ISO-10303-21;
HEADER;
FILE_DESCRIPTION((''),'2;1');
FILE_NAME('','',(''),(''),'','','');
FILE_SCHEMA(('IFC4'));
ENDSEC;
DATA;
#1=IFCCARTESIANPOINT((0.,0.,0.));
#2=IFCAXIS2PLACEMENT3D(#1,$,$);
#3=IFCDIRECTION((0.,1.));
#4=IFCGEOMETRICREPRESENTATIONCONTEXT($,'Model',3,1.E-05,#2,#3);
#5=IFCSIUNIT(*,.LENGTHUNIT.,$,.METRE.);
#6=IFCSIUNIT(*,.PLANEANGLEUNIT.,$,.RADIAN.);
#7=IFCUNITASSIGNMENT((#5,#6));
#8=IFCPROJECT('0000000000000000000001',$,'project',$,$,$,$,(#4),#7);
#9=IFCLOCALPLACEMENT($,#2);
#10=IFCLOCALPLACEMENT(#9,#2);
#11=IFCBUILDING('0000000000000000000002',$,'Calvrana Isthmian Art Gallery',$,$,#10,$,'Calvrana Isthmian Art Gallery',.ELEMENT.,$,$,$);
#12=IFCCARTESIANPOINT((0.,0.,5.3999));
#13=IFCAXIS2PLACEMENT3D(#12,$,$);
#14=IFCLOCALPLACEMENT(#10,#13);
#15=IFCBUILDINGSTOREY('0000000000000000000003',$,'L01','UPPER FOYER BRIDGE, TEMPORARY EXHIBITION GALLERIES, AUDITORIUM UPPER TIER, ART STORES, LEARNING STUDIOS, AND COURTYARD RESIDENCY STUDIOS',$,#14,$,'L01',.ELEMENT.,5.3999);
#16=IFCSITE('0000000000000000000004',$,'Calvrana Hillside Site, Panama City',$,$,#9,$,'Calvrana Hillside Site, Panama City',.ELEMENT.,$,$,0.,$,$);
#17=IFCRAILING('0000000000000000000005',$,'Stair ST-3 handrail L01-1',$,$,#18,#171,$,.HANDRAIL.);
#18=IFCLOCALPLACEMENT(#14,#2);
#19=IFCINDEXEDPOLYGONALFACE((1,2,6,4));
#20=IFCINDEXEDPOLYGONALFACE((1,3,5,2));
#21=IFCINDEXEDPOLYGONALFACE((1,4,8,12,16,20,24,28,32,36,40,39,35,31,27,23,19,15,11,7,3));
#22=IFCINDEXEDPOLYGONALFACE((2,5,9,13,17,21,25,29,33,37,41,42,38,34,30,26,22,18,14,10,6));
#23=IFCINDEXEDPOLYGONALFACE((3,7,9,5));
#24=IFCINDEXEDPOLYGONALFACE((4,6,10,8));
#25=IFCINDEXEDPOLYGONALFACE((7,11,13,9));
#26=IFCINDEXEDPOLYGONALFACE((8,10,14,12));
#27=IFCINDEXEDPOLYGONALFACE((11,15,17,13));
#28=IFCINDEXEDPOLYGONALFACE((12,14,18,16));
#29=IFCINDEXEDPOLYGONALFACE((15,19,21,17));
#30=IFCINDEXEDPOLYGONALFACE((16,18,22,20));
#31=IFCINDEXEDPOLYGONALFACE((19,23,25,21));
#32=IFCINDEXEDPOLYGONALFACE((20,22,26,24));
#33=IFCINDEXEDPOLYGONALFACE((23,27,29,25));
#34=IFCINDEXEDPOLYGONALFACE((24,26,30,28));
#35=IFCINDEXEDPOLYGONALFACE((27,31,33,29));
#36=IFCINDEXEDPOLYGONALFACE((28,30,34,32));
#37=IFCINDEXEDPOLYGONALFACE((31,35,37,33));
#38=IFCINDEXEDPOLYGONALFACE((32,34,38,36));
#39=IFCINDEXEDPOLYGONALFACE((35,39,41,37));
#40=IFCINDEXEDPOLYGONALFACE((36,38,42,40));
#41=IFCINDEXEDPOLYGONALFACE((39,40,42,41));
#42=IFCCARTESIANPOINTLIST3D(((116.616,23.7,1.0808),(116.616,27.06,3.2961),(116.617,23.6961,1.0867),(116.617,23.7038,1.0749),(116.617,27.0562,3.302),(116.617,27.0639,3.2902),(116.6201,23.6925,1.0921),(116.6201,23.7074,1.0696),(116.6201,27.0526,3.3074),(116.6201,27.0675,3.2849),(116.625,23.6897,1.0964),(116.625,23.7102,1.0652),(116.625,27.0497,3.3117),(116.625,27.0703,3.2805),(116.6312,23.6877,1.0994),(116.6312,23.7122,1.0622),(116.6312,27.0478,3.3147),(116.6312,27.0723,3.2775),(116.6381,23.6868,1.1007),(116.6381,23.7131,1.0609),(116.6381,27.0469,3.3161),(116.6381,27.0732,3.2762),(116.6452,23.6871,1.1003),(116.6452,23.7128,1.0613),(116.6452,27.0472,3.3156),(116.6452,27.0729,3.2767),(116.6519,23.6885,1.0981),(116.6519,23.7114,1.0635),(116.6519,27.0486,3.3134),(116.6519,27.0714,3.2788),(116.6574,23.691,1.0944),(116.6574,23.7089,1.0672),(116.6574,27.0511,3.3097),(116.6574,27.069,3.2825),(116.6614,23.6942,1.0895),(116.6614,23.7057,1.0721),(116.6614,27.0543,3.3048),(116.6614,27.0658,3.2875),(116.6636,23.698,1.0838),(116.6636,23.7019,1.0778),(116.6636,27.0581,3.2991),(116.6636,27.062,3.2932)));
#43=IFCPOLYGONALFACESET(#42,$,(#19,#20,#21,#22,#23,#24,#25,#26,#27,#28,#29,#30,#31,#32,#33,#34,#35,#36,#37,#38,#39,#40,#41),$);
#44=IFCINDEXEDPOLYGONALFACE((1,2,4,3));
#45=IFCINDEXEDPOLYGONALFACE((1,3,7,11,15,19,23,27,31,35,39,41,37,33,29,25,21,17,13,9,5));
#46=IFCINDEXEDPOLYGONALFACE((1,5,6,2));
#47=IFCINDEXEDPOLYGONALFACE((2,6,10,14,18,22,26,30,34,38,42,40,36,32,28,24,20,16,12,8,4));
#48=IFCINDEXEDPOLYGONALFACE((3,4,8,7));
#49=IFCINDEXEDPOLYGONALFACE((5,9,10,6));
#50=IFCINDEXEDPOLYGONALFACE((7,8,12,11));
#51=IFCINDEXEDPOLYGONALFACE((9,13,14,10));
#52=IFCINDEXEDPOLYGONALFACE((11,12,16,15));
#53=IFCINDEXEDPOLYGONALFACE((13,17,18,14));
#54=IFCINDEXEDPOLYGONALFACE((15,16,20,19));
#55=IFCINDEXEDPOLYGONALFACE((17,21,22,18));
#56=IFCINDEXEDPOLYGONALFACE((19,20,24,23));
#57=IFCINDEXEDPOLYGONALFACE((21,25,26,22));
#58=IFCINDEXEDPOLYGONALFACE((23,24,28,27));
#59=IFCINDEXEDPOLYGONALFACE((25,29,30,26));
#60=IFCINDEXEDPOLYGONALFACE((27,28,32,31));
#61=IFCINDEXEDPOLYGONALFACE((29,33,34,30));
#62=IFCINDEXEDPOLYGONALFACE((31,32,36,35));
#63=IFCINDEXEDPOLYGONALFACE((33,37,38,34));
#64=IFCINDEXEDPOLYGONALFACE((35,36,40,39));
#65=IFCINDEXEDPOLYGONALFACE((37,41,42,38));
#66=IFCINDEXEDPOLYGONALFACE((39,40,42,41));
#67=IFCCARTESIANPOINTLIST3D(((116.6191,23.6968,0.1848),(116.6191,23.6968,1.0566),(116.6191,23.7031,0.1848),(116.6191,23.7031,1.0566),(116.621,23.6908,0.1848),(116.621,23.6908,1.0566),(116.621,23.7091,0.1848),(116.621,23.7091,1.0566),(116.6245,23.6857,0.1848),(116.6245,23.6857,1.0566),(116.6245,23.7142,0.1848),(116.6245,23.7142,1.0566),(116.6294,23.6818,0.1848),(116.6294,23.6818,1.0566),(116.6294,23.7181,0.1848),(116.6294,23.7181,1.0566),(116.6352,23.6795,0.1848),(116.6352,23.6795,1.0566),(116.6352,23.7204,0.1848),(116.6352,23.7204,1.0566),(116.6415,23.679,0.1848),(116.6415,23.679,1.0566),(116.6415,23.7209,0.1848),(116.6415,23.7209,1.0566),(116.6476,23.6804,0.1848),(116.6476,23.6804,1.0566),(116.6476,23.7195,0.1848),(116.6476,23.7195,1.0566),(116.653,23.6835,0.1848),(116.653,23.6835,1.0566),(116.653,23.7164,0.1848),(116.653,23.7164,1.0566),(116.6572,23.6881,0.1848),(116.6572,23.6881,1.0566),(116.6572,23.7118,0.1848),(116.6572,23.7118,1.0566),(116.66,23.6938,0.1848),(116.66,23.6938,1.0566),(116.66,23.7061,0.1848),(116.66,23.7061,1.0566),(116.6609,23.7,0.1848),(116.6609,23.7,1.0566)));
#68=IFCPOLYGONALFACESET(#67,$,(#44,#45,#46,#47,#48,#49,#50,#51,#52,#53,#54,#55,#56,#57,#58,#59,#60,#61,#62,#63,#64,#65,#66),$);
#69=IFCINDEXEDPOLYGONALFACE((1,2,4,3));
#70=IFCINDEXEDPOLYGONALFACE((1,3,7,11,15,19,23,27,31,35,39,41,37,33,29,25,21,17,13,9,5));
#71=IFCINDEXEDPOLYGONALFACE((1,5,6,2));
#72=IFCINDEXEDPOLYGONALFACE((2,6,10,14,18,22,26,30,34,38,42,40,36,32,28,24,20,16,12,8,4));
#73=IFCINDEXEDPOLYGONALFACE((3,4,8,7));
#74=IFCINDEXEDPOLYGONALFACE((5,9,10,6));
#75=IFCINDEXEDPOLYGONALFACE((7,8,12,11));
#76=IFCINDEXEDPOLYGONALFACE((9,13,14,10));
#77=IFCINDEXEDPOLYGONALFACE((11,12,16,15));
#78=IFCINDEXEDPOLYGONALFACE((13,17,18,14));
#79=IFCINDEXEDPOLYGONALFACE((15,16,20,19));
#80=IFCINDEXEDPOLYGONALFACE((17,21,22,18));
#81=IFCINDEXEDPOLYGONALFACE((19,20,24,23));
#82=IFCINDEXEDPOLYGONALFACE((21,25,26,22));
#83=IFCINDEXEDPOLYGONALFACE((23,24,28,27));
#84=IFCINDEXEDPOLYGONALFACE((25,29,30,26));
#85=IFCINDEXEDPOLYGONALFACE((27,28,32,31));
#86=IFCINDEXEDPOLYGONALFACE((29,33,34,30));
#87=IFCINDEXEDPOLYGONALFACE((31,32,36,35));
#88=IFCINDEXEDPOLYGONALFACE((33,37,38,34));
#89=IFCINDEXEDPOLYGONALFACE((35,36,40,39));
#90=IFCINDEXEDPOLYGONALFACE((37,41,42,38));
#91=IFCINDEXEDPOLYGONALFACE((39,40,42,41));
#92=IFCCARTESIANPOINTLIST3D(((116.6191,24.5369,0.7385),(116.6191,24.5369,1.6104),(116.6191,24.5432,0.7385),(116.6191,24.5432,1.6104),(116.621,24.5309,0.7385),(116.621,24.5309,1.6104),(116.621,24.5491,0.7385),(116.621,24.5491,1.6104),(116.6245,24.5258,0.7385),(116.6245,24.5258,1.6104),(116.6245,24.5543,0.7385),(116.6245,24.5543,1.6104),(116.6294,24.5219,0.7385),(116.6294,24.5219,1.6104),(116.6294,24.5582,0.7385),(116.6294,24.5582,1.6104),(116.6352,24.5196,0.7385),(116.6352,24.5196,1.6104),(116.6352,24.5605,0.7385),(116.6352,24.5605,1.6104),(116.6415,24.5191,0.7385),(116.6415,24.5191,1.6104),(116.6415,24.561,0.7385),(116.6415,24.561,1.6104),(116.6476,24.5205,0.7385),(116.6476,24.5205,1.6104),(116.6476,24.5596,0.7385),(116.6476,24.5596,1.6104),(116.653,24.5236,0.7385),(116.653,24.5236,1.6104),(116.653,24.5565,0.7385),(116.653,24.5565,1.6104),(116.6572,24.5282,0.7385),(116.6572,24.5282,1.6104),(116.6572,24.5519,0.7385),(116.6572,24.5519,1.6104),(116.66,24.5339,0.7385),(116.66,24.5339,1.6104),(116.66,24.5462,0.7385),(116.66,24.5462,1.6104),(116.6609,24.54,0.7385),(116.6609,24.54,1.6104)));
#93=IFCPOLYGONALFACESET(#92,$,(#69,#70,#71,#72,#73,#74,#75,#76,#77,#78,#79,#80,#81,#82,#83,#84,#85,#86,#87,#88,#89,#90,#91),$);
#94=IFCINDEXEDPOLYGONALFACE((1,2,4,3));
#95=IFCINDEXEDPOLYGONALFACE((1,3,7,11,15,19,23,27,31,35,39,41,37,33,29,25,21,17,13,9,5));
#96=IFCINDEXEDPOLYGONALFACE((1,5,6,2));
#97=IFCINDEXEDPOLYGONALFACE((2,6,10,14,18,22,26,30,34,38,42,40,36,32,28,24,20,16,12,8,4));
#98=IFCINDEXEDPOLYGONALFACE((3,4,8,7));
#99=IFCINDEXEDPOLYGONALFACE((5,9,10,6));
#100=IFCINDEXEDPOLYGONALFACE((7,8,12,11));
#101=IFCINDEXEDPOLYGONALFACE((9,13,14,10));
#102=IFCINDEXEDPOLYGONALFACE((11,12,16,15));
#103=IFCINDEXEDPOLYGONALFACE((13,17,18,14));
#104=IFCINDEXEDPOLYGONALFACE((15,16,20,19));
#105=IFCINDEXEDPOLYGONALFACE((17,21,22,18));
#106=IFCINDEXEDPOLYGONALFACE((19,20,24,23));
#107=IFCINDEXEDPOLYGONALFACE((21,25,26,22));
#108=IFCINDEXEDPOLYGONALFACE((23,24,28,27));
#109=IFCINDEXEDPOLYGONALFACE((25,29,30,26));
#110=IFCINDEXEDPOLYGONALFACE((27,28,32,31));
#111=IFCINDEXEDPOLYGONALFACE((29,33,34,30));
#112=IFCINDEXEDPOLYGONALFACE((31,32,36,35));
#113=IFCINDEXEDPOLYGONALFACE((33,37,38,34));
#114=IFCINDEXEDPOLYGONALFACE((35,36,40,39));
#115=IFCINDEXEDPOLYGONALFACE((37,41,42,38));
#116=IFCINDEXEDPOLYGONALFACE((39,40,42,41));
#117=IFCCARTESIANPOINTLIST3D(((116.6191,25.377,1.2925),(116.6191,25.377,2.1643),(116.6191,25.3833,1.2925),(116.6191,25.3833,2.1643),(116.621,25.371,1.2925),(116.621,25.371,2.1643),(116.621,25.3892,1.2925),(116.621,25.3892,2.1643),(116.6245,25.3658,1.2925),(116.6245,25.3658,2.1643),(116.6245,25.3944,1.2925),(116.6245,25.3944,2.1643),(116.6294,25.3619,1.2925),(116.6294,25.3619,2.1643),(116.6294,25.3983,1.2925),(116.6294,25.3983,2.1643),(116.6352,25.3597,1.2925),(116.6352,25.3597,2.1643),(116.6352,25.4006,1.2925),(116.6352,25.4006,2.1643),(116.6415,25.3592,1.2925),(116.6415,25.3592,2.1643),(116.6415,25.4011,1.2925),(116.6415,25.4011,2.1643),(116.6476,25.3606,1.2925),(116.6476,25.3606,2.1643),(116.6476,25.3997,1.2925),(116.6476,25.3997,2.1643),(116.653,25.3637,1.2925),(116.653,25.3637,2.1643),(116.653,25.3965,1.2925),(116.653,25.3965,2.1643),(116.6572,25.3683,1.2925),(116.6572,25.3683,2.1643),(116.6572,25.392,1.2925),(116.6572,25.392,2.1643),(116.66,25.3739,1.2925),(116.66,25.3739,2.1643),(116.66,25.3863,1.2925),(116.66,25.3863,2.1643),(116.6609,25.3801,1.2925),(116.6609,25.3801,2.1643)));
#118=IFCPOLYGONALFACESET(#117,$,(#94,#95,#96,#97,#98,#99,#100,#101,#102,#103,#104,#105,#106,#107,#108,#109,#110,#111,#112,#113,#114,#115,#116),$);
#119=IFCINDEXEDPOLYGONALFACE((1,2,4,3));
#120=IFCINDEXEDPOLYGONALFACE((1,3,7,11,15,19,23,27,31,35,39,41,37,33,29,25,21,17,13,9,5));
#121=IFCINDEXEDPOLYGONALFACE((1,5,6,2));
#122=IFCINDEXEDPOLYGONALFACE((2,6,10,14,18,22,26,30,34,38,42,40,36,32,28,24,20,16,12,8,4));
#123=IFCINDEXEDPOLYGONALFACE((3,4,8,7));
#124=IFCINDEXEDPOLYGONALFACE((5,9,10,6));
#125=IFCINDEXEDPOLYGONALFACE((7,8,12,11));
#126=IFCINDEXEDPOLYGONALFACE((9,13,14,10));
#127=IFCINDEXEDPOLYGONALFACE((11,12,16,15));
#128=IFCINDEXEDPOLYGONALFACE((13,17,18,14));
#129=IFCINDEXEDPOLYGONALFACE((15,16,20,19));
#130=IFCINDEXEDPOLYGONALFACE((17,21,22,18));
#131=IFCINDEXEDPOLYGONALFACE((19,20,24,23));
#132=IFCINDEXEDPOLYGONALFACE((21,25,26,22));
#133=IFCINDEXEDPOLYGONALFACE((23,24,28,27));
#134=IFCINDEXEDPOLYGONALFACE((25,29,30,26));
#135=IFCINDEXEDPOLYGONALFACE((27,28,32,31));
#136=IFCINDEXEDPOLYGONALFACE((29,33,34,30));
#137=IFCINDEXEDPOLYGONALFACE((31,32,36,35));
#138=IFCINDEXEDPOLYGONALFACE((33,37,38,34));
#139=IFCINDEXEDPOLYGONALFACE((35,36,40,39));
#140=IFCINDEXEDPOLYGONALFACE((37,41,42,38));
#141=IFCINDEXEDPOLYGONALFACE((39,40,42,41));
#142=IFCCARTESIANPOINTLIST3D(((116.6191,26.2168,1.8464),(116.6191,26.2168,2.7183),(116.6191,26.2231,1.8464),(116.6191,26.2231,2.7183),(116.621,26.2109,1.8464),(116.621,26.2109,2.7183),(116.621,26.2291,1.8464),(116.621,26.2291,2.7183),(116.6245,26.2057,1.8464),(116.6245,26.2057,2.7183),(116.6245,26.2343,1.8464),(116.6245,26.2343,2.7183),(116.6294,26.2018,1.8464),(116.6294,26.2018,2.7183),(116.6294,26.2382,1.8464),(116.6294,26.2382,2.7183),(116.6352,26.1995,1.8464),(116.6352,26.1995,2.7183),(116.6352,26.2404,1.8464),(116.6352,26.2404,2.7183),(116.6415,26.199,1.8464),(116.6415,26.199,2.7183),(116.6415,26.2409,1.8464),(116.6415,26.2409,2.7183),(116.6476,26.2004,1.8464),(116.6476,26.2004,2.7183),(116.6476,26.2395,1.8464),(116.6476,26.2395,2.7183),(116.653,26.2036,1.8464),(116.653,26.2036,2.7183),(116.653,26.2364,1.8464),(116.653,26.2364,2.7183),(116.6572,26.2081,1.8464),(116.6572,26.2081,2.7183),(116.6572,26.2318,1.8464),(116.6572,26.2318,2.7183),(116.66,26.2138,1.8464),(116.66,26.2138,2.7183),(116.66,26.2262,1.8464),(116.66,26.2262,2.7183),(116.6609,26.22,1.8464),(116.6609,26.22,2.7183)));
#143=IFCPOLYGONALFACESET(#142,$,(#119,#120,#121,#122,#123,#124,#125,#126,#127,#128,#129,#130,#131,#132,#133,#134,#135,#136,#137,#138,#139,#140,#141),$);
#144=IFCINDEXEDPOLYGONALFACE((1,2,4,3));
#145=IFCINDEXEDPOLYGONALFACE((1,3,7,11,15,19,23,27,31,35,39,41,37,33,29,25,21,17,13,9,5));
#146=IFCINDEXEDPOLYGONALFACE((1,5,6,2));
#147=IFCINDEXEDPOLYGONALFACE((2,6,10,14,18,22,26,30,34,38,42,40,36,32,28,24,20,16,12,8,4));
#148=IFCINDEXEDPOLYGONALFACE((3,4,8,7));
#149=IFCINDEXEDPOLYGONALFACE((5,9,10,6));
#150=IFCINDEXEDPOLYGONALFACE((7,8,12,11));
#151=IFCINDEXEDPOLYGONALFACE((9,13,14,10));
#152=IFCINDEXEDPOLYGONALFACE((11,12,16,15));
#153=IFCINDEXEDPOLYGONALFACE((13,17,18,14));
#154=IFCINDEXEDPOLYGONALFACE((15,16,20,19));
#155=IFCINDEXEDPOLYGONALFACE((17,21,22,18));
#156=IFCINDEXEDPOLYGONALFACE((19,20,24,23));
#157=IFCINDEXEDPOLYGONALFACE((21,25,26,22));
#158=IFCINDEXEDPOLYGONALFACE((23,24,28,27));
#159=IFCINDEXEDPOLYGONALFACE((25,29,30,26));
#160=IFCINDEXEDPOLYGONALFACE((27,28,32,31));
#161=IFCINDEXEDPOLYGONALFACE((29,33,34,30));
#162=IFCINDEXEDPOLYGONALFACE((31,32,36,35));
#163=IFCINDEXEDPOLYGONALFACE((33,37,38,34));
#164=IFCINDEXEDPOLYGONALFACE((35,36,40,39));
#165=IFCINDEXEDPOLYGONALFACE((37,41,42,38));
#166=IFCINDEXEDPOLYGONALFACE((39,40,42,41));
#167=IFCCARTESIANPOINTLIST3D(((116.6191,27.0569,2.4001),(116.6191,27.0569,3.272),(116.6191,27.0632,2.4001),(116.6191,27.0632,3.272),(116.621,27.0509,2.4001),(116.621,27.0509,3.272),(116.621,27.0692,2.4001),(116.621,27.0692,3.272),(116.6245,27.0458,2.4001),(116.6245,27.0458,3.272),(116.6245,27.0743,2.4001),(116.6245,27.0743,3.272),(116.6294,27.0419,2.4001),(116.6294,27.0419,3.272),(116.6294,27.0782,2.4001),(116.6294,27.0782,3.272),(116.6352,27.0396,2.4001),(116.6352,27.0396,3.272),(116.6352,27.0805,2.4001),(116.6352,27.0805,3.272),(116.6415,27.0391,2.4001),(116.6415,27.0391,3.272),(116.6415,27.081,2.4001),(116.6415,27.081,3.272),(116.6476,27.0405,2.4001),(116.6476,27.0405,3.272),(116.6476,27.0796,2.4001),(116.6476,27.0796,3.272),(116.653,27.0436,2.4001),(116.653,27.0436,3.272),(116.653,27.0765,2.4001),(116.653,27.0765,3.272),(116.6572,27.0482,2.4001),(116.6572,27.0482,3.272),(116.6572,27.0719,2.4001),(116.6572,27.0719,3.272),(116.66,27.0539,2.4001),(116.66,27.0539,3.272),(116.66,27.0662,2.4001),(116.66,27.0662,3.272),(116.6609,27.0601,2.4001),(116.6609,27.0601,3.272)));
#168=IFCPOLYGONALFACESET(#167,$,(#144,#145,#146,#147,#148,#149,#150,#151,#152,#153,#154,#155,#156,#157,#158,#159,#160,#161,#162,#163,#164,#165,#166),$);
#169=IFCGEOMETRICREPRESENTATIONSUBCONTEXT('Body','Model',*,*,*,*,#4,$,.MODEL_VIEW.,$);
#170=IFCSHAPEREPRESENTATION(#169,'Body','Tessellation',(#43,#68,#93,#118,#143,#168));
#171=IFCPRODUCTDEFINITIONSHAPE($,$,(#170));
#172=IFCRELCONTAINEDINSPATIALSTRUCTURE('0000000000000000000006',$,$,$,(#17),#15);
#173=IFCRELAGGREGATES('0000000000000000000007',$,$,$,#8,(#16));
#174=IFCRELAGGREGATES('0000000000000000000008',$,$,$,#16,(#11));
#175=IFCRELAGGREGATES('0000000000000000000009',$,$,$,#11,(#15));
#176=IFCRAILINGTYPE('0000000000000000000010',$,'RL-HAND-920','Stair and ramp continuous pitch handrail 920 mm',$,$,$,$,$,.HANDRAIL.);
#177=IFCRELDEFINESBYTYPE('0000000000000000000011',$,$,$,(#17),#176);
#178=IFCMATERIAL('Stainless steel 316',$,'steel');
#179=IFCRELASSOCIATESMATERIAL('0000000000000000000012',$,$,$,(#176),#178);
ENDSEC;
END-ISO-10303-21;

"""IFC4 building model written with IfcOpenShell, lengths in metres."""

from ifc_helpers import new_model, si_unit, direction, frame, origin, origin_2d, place, context, subcontext, project, spatial, circle, extrude, material, type_object, element, save


model = new_model("IFC4")

# Units and contexts
model_context = context("Model", 3, precision=1e-05, world=origin(), true_north=direction((0.0, 1.0)))
body_context = subcontext(model_context, "Body", "Model", "MODEL_VIEW")
ifc_project = project(units=[si_unit("LENGTHUNIT", "METRE"), si_unit("PLANEANGLEUNIT", "RADIAN")], contexts=[model_context])

# Site, building, storey
site_placement = place(None, origin())
site = spatial("IfcSite", under=ifc_project, at=site_placement, Name="Calvrana Hillside Site, Panama City", LongName="Calvrana Hillside Site, Panama City", CompositionType="ELEMENT", RefElevation=0.0)
building_placement = place(site_placement, origin())
building = spatial("IfcBuilding", under=site, at=building_placement, Name="Calvrana Isthmian Art Gallery", LongName="Calvrana Isthmian Art Gallery", CompositionType="ELEMENT")
storey_placement = place(building_placement, frame((0.0, 0.0, 5.3999)))
storey = spatial("IfcBuildingStorey", under=building, at=storey_placement, Name="L01", Description="UPPER FOYER BRIDGE, TEMPORARY EXHIBITION GALLERIES, AUDITORIUM UPPER TIER, ART STORES, LEARNING STUDIOS, AND COURTYARD RESIDENCY STUDIOS", LongName="L01", CompositionType="ELEMENT", Elevation=5.3999)

# Shared definitions
ifc_material_1 = material(Name="Stainless steel 316", Category="steel")

# Railing
railing_type = type_object("IfcRailingType", Name="RL-HAND-920", Description="Stair and ramp continuous pitch handrail 920 mm", PredefinedType="HANDRAIL", material=ifc_material_1)
railing_placement = place(storey_placement, frame((116.6399, 23.7, 0.1848)))
element("IfcRailing", 1, at=railing_placement, inside=storey, type_object=railing_type, Name="Stair ST-3 handrail L01-1", PredefinedType="HANDRAIL", context=body_context, shape_type="SweptSolid", body=[
    extrude(circle(Radius=0.0239, at=origin_2d()), frame((0.0, 0.0, 0.896), z_axis=(0.0, 0.834876, 0.550437), x_axis=(-1.0, 0.0, 0.0)), (0.0, 0.0, 1.0), 4.0247),
    extrude(circle(Radius=0.021, at=origin_2d()), origin(), (0.0, 0.0, 1.0), 0.8718),
    extrude(circle(Radius=0.021, at=origin_2d()), frame((0.0, 0.8401, 0.5537)), (0.0, 0.0, 1.0), 0.8718),
    extrude(circle(Radius=0.021, at=origin_2d()), frame((0.0, 1.6802, 1.1077)), (0.0, 0.0, 1.0), 0.8718),
    extrude(circle(Radius=0.021, at=origin_2d()), frame((0.0, 2.52, 1.6616)), (0.0, 0.0, 1.0), 0.8718),
    extrude(circle(Radius=0.021, at=origin_2d()), frame((0.0, 3.3601, 2.2153)), (0.0, 0.0, 1.0), 0.8718),
])

save(model, "model.ifc")
